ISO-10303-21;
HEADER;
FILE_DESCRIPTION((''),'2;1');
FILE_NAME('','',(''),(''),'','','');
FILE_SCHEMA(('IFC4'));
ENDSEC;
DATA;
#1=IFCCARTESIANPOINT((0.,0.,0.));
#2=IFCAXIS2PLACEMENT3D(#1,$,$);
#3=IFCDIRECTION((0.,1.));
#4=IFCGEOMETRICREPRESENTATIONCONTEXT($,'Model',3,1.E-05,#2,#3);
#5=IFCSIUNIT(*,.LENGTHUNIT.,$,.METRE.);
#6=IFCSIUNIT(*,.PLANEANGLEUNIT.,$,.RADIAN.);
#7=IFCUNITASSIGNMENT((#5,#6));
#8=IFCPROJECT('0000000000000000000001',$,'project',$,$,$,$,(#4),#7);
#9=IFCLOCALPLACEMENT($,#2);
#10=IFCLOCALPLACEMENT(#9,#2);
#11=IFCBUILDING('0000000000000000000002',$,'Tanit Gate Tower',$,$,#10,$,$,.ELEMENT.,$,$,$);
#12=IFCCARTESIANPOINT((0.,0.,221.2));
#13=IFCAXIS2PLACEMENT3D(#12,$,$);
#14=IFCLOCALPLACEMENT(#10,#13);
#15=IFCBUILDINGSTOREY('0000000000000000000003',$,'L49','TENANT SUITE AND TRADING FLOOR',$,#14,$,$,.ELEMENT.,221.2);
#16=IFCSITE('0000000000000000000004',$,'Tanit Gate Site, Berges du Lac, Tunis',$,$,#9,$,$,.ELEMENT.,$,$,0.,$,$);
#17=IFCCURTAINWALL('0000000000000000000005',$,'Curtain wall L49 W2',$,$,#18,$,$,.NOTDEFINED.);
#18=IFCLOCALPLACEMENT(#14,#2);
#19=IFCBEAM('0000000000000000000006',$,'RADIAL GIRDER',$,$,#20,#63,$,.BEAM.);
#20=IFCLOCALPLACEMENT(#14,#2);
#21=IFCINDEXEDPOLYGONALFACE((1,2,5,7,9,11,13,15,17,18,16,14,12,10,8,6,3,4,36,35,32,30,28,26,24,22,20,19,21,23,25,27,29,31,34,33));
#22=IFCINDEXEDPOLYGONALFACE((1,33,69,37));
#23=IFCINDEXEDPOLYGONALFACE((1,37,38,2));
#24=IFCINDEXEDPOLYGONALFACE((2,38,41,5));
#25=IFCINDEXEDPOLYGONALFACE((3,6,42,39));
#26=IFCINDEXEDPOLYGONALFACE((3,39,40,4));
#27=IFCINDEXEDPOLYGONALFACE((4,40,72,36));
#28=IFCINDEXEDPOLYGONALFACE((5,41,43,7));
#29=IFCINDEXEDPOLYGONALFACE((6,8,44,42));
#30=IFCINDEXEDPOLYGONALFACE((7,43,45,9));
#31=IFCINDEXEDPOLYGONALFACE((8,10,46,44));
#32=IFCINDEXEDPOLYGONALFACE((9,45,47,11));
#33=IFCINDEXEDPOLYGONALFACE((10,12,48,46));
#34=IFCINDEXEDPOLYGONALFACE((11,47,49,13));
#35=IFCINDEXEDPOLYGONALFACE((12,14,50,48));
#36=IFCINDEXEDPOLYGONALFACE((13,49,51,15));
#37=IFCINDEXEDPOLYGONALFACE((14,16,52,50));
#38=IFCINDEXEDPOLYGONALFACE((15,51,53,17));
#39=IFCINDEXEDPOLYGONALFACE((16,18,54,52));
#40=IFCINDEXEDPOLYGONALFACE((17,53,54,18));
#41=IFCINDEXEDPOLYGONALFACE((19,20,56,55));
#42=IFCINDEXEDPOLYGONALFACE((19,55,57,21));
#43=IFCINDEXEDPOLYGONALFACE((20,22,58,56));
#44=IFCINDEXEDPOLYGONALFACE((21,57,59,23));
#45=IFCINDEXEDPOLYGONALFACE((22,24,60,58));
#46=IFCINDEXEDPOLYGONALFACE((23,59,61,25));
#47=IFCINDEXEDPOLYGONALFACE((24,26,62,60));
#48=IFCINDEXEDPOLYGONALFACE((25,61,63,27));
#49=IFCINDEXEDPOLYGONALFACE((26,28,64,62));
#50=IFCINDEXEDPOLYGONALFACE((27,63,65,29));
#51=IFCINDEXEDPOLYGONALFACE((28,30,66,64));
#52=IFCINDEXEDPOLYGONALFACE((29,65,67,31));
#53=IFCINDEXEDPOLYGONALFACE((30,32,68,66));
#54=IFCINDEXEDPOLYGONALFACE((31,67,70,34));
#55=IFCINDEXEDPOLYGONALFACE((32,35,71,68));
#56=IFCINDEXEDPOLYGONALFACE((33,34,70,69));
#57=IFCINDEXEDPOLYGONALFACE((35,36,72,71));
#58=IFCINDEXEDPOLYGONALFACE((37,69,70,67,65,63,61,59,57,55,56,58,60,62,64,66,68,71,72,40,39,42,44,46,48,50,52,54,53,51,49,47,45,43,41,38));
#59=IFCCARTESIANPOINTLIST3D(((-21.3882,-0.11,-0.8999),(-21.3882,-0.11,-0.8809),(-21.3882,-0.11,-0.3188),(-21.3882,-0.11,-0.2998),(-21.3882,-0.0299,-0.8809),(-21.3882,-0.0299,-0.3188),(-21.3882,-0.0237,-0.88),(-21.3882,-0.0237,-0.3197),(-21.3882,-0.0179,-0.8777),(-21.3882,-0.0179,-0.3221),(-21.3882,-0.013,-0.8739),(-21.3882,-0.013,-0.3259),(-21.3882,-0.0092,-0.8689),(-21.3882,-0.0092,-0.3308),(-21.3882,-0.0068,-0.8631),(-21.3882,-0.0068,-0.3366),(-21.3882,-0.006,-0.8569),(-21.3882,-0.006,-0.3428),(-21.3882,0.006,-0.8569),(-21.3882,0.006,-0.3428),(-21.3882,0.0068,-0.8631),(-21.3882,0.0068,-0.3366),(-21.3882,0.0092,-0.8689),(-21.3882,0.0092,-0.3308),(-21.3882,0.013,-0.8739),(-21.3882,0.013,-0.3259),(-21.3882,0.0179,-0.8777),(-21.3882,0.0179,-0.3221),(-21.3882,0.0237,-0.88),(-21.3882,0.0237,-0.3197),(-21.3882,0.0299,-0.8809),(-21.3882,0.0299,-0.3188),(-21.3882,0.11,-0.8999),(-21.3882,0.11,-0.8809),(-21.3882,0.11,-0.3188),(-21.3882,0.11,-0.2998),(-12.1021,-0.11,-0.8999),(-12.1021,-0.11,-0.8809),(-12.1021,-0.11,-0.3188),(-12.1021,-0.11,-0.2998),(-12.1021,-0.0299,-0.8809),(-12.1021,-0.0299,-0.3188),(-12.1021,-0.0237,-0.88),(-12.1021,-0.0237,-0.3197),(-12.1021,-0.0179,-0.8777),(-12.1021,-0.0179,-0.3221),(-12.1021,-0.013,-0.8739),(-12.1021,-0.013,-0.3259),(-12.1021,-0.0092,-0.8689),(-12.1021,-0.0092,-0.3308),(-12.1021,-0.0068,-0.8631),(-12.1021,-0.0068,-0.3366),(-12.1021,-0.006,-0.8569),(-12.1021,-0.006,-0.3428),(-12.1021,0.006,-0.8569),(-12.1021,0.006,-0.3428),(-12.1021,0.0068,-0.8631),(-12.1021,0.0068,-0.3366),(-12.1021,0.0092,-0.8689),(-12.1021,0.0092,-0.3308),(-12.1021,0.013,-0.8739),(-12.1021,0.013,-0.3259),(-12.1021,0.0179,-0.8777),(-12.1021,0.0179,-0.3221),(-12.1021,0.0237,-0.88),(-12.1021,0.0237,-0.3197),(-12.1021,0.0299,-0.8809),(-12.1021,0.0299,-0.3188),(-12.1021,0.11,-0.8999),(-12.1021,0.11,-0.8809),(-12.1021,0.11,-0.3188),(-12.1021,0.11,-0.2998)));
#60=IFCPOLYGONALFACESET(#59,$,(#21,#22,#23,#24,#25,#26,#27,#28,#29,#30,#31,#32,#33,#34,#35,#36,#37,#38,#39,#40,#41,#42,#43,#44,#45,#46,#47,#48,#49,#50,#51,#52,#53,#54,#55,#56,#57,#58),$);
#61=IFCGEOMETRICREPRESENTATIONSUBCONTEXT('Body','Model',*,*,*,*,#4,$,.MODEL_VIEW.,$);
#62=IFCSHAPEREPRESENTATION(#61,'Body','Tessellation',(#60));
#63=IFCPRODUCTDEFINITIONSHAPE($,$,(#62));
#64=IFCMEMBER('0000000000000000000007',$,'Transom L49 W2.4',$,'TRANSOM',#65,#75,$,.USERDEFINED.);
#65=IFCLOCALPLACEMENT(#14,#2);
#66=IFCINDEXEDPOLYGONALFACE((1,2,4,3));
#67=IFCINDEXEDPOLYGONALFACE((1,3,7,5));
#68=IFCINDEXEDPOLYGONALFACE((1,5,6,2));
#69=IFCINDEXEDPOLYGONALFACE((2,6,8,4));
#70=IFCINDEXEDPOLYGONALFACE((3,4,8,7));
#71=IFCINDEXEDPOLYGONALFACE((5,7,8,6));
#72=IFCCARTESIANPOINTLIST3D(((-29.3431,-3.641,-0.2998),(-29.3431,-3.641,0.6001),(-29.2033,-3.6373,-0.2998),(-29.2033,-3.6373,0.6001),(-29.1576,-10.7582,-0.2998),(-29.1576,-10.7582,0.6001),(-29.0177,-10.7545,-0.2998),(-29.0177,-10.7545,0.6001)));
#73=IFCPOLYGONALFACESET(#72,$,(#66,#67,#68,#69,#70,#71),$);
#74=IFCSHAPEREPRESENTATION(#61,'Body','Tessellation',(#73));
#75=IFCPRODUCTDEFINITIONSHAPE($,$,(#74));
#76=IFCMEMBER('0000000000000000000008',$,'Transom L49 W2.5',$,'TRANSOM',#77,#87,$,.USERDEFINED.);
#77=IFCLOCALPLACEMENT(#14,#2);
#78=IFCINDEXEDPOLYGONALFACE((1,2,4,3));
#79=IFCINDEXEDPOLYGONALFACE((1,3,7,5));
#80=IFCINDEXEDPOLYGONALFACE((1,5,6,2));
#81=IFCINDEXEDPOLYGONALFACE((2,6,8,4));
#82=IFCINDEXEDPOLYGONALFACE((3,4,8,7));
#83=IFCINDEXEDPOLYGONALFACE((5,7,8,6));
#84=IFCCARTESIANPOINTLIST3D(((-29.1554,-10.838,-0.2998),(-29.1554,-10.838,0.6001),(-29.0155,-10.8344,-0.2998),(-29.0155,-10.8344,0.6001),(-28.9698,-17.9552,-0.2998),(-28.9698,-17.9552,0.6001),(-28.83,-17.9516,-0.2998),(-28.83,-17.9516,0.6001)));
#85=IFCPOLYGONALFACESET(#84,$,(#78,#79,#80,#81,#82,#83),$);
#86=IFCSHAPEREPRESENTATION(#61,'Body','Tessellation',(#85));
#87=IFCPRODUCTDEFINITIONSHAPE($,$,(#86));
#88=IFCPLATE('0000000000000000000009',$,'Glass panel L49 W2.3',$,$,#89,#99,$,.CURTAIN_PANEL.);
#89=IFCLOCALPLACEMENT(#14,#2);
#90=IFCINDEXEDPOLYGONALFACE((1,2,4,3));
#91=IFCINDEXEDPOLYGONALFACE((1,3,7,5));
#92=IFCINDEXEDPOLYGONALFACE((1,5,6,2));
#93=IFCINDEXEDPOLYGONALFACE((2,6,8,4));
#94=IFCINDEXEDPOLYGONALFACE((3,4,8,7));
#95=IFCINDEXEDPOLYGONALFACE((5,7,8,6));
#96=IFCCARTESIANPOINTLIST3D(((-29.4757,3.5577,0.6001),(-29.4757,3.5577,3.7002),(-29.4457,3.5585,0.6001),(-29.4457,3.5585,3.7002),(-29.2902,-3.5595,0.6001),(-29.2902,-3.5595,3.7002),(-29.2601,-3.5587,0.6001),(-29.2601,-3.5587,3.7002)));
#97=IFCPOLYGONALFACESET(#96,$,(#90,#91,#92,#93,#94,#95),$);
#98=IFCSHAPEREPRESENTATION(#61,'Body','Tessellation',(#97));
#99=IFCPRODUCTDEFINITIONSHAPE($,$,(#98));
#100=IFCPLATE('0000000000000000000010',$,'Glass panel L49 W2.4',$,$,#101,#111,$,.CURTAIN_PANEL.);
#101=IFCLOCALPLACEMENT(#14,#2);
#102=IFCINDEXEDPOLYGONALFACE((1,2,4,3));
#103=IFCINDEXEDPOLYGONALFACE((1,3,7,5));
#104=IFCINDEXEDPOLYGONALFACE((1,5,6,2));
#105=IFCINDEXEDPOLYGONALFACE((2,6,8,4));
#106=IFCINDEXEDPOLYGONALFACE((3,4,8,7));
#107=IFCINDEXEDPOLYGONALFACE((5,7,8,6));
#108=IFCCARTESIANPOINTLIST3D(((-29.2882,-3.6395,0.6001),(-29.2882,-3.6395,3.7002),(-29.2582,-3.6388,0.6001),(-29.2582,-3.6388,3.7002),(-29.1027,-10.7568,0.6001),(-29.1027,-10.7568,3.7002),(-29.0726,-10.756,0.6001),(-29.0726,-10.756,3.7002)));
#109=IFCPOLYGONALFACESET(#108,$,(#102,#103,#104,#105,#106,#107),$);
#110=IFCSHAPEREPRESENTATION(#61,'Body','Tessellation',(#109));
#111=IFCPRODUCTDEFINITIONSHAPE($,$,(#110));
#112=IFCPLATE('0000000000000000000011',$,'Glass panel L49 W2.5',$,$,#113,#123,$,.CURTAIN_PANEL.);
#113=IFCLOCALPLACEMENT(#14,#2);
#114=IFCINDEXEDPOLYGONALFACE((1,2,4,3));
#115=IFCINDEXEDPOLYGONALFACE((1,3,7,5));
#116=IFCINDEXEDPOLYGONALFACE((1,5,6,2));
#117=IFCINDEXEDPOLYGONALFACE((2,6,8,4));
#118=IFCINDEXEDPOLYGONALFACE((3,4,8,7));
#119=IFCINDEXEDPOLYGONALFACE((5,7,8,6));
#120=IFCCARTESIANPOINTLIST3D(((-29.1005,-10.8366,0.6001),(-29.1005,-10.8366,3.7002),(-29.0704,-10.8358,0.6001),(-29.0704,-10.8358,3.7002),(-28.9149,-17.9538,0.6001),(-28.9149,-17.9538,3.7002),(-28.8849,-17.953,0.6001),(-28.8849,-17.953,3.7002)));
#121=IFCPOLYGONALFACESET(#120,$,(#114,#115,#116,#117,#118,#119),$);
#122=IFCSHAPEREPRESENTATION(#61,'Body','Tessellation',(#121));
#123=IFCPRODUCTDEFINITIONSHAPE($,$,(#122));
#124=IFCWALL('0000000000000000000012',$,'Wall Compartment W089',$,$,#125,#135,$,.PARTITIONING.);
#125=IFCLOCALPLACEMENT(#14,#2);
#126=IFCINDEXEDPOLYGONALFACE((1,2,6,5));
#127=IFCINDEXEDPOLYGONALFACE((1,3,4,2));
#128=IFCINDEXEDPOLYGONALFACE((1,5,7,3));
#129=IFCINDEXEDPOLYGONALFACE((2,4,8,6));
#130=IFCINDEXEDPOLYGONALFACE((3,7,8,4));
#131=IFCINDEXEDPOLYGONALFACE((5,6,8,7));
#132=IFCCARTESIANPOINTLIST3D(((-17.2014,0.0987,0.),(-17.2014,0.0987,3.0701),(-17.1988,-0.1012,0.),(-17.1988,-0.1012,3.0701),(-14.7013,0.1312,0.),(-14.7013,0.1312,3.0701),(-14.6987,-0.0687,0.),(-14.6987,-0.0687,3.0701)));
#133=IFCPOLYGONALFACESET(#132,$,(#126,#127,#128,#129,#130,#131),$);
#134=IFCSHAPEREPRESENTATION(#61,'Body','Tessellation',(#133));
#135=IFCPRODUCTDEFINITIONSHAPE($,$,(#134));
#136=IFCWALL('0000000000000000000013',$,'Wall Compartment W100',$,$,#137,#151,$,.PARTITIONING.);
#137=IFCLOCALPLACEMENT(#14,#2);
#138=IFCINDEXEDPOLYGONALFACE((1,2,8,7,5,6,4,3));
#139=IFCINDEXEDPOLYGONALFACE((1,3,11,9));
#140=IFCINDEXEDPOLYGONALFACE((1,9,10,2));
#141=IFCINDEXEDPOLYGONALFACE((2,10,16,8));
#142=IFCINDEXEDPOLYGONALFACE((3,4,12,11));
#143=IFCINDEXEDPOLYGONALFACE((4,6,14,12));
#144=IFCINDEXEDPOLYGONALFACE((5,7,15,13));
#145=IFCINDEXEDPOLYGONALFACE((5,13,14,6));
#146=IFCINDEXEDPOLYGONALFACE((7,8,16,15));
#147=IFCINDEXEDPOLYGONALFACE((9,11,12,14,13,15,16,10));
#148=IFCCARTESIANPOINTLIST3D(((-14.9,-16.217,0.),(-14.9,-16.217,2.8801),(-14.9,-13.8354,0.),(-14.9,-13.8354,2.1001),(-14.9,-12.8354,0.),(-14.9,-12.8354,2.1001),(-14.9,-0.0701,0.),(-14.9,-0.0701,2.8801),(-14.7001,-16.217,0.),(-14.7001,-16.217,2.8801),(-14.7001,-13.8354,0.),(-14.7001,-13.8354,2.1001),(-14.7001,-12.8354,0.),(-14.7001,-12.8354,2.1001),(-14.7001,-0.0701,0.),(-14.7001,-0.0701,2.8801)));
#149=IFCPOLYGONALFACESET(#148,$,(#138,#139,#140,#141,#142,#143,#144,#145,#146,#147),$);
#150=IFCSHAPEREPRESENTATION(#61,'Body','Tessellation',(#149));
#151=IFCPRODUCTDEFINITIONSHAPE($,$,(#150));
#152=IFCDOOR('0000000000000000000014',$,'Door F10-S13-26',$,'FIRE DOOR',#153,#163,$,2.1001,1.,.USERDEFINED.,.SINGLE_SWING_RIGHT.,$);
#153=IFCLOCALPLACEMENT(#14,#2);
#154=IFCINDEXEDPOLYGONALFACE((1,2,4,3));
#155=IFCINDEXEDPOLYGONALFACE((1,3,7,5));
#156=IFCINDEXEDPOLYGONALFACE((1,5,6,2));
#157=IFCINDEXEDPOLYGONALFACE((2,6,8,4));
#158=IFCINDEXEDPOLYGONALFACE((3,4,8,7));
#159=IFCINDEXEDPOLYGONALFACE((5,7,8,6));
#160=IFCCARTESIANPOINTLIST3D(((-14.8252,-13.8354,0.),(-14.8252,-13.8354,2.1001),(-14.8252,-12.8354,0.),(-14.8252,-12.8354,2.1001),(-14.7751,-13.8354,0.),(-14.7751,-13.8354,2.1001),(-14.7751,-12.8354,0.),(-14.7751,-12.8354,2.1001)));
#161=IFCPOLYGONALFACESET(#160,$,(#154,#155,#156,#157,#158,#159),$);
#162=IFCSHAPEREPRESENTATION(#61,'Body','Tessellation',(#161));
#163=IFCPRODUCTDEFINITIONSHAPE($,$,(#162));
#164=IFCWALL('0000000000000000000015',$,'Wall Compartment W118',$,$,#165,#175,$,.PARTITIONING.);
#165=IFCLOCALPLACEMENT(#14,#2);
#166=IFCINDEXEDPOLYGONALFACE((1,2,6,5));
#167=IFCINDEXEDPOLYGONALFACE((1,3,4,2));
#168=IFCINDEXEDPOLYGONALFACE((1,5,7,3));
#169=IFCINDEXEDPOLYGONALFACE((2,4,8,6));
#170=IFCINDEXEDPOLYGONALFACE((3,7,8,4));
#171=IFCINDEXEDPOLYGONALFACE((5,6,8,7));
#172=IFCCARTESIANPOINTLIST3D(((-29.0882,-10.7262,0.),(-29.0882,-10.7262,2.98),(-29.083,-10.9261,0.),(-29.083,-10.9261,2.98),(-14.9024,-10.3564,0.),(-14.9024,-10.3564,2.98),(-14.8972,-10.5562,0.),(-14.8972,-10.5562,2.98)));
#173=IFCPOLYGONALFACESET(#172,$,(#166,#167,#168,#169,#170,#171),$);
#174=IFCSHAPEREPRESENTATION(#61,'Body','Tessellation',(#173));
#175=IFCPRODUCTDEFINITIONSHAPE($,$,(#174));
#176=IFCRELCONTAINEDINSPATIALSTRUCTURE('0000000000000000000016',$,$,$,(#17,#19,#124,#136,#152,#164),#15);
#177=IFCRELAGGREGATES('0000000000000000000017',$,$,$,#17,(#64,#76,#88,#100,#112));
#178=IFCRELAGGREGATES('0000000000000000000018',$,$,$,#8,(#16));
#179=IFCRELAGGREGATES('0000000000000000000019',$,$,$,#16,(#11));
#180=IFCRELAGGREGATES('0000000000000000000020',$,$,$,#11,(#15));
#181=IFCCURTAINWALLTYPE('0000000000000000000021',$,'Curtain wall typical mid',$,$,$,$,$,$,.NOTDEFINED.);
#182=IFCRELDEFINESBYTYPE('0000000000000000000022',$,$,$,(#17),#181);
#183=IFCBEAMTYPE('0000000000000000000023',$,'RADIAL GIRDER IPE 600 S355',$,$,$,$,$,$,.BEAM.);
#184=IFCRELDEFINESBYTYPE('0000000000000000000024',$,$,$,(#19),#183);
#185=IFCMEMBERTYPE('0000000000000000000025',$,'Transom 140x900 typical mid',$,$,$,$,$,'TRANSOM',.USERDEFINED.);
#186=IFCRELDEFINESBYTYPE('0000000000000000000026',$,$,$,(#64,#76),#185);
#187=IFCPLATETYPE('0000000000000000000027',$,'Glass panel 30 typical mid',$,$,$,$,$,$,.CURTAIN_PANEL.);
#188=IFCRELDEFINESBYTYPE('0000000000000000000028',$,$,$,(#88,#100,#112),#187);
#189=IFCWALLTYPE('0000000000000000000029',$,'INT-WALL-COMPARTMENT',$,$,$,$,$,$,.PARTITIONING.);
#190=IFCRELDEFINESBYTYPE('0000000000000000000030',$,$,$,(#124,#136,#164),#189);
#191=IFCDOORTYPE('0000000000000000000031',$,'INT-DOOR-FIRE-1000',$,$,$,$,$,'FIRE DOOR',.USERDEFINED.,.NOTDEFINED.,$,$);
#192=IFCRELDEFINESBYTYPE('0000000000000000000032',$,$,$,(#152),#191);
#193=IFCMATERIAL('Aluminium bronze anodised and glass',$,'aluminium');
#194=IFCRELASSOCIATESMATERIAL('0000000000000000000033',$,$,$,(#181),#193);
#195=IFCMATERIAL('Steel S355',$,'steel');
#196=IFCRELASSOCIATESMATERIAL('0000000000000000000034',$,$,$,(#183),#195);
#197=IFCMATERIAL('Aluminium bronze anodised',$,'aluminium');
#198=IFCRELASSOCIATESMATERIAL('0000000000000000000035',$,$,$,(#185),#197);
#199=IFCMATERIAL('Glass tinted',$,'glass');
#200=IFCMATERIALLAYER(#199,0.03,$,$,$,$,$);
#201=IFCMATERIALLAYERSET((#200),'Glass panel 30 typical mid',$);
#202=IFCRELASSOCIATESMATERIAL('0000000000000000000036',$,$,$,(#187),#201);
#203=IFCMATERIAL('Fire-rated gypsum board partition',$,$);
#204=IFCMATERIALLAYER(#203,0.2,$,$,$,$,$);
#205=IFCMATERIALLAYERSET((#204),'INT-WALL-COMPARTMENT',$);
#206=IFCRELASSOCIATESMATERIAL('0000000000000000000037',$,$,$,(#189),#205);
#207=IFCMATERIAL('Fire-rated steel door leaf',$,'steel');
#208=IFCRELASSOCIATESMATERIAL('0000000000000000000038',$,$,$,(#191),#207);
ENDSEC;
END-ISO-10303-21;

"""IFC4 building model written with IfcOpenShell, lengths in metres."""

from ifc_helpers import new_model, si_unit, direction, frame, frame_2d, origin, origin_2d, place, context, subcontext, project, spatial, rectangle, i_section, extrude, material, layer, layer_set, material_profile, profile_set, type_object, element, fill, aggregate, save


model = new_model("IFC4")

# Units and contexts
model_context = context("Model", 3, precision=1e-05, world=origin(), true_north=direction((0.0, 1.0)))
body_context = subcontext(model_context, "Body", "Model", "MODEL_VIEW")
ifc_project = project(units=[si_unit("LENGTHUNIT", "METRE"), si_unit("PLANEANGLEUNIT", "RADIAN")], contexts=[model_context])

# Site, building, storey
site_placement = place(None, origin())
site = spatial("IfcSite", under=ifc_project, at=site_placement, Name="Tanit Gate Site, Berges du Lac, Tunis", CompositionType="ELEMENT", RefElevation=0.0)
building_placement = place(site_placement, origin())
building = spatial("IfcBuilding", under=site, at=building_placement, Name="Tanit Gate Tower", CompositionType="ELEMENT")
storey_placement = place(building_placement, frame((0.0, 0.0, 221.2)))
storey = spatial("IfcBuildingStorey", under=building, at=storey_placement, Name="L49", Description="TENANT SUITE AND TRADING FLOOR", CompositionType="ELEMENT", Elevation=221.2)

# Curtain wall
ifc_material_1 = material(Name="Aluminium bronze anodised and glass", Category="aluminium")
curtain_wall_type = type_object("IfcCurtainWallType", Name="Curtain wall typical mid", PredefinedType="NOTDEFINED", material=ifc_material_1)
curtain_wall_placement = place(storey_placement, origin())
curtain_wall = element("IfcCurtainWall", 1, at=curtain_wall_placement, inside=storey, type_object=curtain_wall_type, Name="Curtain wall L49 W2", PredefinedType="NOTDEFINED")

# Beam
ifc_material_2 = material(Name="Steel S355", Category="steel")
ifc_material_profile_1 = material_profile(ifc_material_2, i_section(OverallWidth=0.22, OverallDepth=0.6001, WebThickness=0.012, FlangeThickness=0.019, FilletRadius=0.0239, at=origin_2d()), Name="IPE 600")
ifc_profile_set_1 = profile_set([ifc_material_profile_1], Name="Steel S355")
beam_type_1 = type_object("IfcBeamType", Name="RADIAL GIRDER IPE 600 S355", PredefinedType="BEAM", material=ifc_profile_set_1)
beam_1_placement = place(storey_placement, frame((-21.3882, 0.0, -0.5999), z_axis=(1.0, 0.0, 0.0), x_axis=(0.0, 1.0, 0.0)))
element("IfcBeam", 2, at=beam_1_placement, inside=storey, type_object=beam_type_1, Name="RADIAL GIRDER", PredefinedType="BEAM", context=body_context, shape_type="SweptSolid", body=[
    extrude(i_section(OverallWidth=0.22, OverallDepth=0.6001, WebThickness=0.012, FlangeThickness=0.019, FilletRadius=0.0239, at=origin_2d()), origin(), (0.0, 0.0, 1.0), 9.2861),
])

# Members
ifc_material_3 = material(Name="Aluminium bronze anodised", Category="aluminium")
ifc_material_profile_2 = material_profile(ifc_material_3, rectangle(XDim=0.1399, YDim=0.8999, at=origin_2d()), Name="140x900 bronze transom")
ifc_profile_set_2 = profile_set([ifc_material_profile_2], Name="Aluminium bronze anodised")
member_type_1 = type_object("IfcMemberType", Name="Transom 140x900 typical mid", ElementType="TRANSOM", PredefinedType="USERDEFINED", material=ifc_profile_set_2)
member_1_placement = place(storey_placement, frame((-29.2732, -3.6392, 0.1501), z_axis=(0.026061, -0.99966, 0.0), x_axis=(0.99966, 0.026061, 0.0)))
member_1 = element("IfcMember", 3, at=member_1_placement, type_object=member_type_1, Name="Transom L49 W2.4", ObjectType="TRANSOM", PredefinedType="USERDEFINED", context=body_context, shape_type="SweptSolid", body=[
    extrude(rectangle(XDim=0.1399, YDim=0.8999, at=origin_2d()), origin(), (0.0, 0.0, 1.0), 7.1196),
])
member_2_placement = place(storey_placement, frame((-29.0854, -10.8362, 0.1501), z_axis=(0.026061, -0.99966, 0.0), x_axis=(0.99966, 0.026061, 0.0)))
member_2 = element("IfcMember", 4, at=member_2_placement, type_object=member_type_1, Name="Transom L49 W2.5", ObjectType="TRANSOM", PredefinedType="USERDEFINED", context=body_context, shape_type="SweptSolid", body=[
    extrude(rectangle(XDim=0.1399, YDim=0.8999, at=origin_2d()), origin(), (0.0, 0.0, 1.0), 7.1196),
])

# Plates
ifc_material_4 = material(Name="Glass tinted", Category="glass")
ifc_layer_1 = layer(ifc_material_4, 0.03)
ifc_layer_set_1 = layer_set([ifc_layer_1], Name="Glass panel 30 typical mid")
plate_type = type_object("IfcPlateType", Name="Glass panel 30 typical mid", PredefinedType="CURTAIN_PANEL", material=ifc_layer_set_1)
plate_1_placement = place(storey_placement, frame((-29.3679, -0.0005, 0.6001), z_axis=(0.0, 0.0, 1.0), x_axis=(0.026063, -0.99966, 0.0)))
plate_1 = element("IfcPlate", 5, at=plate_1_placement, type_object=plate_type, Name="Glass panel L49 W2.3", PredefinedType="CURTAIN_PANEL", context=body_context, shape_type="SweptSolid", body=[
    extrude(rectangle(XDim=7.1196, YDim=0.03, at=origin_2d()), origin(), (0.0, 0.0, 1.0), 3.1001),
])
plate_2_placement = place(storey_placement, frame((-29.1804, -7.1978, 0.6001), z_axis=(0.0, 0.0, 1.0), x_axis=(0.026063, -0.99966, 0.0)))
plate_2 = element("IfcPlate", 6, at=plate_2_placement, type_object=plate_type, Name="Glass panel L49 W2.4", PredefinedType="CURTAIN_PANEL", context=body_context, shape_type="SweptSolid", body=[
    extrude(rectangle(XDim=7.1196, YDim=0.03, at=origin_2d()), origin(), (0.0, 0.0, 1.0), 3.1001),
])
plate_3_placement = place(storey_placement, frame((-28.9927, -14.3948, 0.6001), z_axis=(0.0, 0.0, 1.0), x_axis=(0.026063, -0.99966, 0.0)))
plate_3 = element("IfcPlate", 7, at=plate_3_placement, type_object=plate_type, Name="Glass panel L49 W2.5", PredefinedType="CURTAIN_PANEL", context=body_context, shape_type="SweptSolid", body=[
    extrude(rectangle(XDim=7.1196, YDim=0.03, at=origin_2d()), origin(), (0.0, 0.0, 1.0), 3.1001),
])
aggregate(curtain_wall, [member_1, member_2, plate_1, plate_2, plate_3])

# Wall
ifc_material_5 = material(Name="Fire-rated gypsum board partition")
ifc_layer_2 = layer(ifc_material_5, 0.2)
ifc_layer_set_2 = layer_set([ifc_layer_2], Name="INT-WALL-COMPARTMENT")
wall_type_1 = type_object("IfcWallType", Name="INT-WALL-COMPARTMENT", PredefinedType="PARTITIONING", material=ifc_layer_set_2)
wall_1_placement = place(storey_placement, frame((-17.2, -0.0012, 0.0), z_axis=(0.0, 0.0, 1.0), x_axis=(0.999916, 0.012987, 0.0)))
element("IfcWall", 8, at=wall_1_placement, inside=storey, type_object=wall_type_1, Name="Wall Compartment W089", PredefinedType="PARTITIONING", context=body_context, shape_type="SweptSolid", body=[
    extrude(rectangle(XDim=2.5002, YDim=0.2, at=frame_2d((1.25, 0.0))), origin(), (0.0, 0.0, 1.0), 3.0701),
])

# Wall, opening, door
wall_2_placement = place(storey_placement, frame((-14.8, -0.0701, 0.0), z_axis=(0.0, 0.0, 1.0), x_axis=(0.0, -1.0, 0.0)))
wall_2 = element("IfcWall", 9, at=wall_2_placement, inside=storey, type_object=wall_type_1, Name="Wall Compartment W100", PredefinedType="PARTITIONING", context=body_context, shape_type="SweptSolid", body=[
    extrude(rectangle(XDim=16.147, YDim=0.2, at=frame_2d((8.0735, 0.0))), origin(), (0.0, 0.0, 1.0), 2.8801),
])
opening_placement = place(wall_2_placement, frame((12.7654, 0.0, 0.0)))
opening = element("IfcOpeningElement", 10, at=opening_placement, cuts=wall_2, PredefinedType="OPENING", context=body_context, shape_type="SweptSolid", body=[
    extrude(rectangle(XDim=1.0, YDim=2.1001, at=frame_2d((0.5, 1.05))), frame((0.0, 0.1099, 0.0), z_axis=(0.0, -1.0, 0.0), x_axis=(1.0, 0.0, 0.0)), (0.0, 0.0, 1.0), 0.22),
])
ifc_material_6 = material(Name="Fire-rated steel door leaf", Category="steel")
door_type = type_object("IfcDoorType", Name="INT-DOOR-FIRE-1000", ElementType="FIRE DOOR", OperationType="NOTDEFINED", PredefinedType="USERDEFINED", material=ifc_material_6)
door_placement = place(opening_placement, origin())
door = element("IfcDoor", 11, at=door_placement, inside=storey, type_object=door_type, Name="Door F10-S13-26", ObjectType="FIRE DOOR", OperationType="SINGLE_SWING_RIGHT", OverallHeight=2.1001, OverallWidth=1.0, PredefinedType="USERDEFINED", context=body_context, shape_type="SweptSolid", body=[
    extrude(rectangle(XDim=1.0, YDim=2.1001, at=frame_2d((0.5, 1.05))), frame((0.0, 0.0249, 0.0), z_axis=(0.0, -1.0, 0.0), x_axis=(1.0, 0.0, 0.0)), (0.0, 0.0, 1.0), 0.05),
])
fill(opening, door)

# Wall
wall_3_placement = place(storey_placement, frame((-14.8999, -10.4563, 0.0), z_axis=(0.0, 0.0, 1.0), x_axis=(-0.99966, -0.026065, 0.0)))
element("IfcWall", 12, at=wall_3_placement, inside=storey, type_object=wall_type_1, Name="Wall Compartment W118", PredefinedType="PARTITIONING", context=body_context, shape_type="SweptSolid", body=[
    extrude(rectangle(XDim=14.1907, YDim=0.2, at=frame_2d((7.0952, 0.0))), origin(), (0.0, 0.0, 1.0), 2.98),
])

save(model, "model.ifc")
